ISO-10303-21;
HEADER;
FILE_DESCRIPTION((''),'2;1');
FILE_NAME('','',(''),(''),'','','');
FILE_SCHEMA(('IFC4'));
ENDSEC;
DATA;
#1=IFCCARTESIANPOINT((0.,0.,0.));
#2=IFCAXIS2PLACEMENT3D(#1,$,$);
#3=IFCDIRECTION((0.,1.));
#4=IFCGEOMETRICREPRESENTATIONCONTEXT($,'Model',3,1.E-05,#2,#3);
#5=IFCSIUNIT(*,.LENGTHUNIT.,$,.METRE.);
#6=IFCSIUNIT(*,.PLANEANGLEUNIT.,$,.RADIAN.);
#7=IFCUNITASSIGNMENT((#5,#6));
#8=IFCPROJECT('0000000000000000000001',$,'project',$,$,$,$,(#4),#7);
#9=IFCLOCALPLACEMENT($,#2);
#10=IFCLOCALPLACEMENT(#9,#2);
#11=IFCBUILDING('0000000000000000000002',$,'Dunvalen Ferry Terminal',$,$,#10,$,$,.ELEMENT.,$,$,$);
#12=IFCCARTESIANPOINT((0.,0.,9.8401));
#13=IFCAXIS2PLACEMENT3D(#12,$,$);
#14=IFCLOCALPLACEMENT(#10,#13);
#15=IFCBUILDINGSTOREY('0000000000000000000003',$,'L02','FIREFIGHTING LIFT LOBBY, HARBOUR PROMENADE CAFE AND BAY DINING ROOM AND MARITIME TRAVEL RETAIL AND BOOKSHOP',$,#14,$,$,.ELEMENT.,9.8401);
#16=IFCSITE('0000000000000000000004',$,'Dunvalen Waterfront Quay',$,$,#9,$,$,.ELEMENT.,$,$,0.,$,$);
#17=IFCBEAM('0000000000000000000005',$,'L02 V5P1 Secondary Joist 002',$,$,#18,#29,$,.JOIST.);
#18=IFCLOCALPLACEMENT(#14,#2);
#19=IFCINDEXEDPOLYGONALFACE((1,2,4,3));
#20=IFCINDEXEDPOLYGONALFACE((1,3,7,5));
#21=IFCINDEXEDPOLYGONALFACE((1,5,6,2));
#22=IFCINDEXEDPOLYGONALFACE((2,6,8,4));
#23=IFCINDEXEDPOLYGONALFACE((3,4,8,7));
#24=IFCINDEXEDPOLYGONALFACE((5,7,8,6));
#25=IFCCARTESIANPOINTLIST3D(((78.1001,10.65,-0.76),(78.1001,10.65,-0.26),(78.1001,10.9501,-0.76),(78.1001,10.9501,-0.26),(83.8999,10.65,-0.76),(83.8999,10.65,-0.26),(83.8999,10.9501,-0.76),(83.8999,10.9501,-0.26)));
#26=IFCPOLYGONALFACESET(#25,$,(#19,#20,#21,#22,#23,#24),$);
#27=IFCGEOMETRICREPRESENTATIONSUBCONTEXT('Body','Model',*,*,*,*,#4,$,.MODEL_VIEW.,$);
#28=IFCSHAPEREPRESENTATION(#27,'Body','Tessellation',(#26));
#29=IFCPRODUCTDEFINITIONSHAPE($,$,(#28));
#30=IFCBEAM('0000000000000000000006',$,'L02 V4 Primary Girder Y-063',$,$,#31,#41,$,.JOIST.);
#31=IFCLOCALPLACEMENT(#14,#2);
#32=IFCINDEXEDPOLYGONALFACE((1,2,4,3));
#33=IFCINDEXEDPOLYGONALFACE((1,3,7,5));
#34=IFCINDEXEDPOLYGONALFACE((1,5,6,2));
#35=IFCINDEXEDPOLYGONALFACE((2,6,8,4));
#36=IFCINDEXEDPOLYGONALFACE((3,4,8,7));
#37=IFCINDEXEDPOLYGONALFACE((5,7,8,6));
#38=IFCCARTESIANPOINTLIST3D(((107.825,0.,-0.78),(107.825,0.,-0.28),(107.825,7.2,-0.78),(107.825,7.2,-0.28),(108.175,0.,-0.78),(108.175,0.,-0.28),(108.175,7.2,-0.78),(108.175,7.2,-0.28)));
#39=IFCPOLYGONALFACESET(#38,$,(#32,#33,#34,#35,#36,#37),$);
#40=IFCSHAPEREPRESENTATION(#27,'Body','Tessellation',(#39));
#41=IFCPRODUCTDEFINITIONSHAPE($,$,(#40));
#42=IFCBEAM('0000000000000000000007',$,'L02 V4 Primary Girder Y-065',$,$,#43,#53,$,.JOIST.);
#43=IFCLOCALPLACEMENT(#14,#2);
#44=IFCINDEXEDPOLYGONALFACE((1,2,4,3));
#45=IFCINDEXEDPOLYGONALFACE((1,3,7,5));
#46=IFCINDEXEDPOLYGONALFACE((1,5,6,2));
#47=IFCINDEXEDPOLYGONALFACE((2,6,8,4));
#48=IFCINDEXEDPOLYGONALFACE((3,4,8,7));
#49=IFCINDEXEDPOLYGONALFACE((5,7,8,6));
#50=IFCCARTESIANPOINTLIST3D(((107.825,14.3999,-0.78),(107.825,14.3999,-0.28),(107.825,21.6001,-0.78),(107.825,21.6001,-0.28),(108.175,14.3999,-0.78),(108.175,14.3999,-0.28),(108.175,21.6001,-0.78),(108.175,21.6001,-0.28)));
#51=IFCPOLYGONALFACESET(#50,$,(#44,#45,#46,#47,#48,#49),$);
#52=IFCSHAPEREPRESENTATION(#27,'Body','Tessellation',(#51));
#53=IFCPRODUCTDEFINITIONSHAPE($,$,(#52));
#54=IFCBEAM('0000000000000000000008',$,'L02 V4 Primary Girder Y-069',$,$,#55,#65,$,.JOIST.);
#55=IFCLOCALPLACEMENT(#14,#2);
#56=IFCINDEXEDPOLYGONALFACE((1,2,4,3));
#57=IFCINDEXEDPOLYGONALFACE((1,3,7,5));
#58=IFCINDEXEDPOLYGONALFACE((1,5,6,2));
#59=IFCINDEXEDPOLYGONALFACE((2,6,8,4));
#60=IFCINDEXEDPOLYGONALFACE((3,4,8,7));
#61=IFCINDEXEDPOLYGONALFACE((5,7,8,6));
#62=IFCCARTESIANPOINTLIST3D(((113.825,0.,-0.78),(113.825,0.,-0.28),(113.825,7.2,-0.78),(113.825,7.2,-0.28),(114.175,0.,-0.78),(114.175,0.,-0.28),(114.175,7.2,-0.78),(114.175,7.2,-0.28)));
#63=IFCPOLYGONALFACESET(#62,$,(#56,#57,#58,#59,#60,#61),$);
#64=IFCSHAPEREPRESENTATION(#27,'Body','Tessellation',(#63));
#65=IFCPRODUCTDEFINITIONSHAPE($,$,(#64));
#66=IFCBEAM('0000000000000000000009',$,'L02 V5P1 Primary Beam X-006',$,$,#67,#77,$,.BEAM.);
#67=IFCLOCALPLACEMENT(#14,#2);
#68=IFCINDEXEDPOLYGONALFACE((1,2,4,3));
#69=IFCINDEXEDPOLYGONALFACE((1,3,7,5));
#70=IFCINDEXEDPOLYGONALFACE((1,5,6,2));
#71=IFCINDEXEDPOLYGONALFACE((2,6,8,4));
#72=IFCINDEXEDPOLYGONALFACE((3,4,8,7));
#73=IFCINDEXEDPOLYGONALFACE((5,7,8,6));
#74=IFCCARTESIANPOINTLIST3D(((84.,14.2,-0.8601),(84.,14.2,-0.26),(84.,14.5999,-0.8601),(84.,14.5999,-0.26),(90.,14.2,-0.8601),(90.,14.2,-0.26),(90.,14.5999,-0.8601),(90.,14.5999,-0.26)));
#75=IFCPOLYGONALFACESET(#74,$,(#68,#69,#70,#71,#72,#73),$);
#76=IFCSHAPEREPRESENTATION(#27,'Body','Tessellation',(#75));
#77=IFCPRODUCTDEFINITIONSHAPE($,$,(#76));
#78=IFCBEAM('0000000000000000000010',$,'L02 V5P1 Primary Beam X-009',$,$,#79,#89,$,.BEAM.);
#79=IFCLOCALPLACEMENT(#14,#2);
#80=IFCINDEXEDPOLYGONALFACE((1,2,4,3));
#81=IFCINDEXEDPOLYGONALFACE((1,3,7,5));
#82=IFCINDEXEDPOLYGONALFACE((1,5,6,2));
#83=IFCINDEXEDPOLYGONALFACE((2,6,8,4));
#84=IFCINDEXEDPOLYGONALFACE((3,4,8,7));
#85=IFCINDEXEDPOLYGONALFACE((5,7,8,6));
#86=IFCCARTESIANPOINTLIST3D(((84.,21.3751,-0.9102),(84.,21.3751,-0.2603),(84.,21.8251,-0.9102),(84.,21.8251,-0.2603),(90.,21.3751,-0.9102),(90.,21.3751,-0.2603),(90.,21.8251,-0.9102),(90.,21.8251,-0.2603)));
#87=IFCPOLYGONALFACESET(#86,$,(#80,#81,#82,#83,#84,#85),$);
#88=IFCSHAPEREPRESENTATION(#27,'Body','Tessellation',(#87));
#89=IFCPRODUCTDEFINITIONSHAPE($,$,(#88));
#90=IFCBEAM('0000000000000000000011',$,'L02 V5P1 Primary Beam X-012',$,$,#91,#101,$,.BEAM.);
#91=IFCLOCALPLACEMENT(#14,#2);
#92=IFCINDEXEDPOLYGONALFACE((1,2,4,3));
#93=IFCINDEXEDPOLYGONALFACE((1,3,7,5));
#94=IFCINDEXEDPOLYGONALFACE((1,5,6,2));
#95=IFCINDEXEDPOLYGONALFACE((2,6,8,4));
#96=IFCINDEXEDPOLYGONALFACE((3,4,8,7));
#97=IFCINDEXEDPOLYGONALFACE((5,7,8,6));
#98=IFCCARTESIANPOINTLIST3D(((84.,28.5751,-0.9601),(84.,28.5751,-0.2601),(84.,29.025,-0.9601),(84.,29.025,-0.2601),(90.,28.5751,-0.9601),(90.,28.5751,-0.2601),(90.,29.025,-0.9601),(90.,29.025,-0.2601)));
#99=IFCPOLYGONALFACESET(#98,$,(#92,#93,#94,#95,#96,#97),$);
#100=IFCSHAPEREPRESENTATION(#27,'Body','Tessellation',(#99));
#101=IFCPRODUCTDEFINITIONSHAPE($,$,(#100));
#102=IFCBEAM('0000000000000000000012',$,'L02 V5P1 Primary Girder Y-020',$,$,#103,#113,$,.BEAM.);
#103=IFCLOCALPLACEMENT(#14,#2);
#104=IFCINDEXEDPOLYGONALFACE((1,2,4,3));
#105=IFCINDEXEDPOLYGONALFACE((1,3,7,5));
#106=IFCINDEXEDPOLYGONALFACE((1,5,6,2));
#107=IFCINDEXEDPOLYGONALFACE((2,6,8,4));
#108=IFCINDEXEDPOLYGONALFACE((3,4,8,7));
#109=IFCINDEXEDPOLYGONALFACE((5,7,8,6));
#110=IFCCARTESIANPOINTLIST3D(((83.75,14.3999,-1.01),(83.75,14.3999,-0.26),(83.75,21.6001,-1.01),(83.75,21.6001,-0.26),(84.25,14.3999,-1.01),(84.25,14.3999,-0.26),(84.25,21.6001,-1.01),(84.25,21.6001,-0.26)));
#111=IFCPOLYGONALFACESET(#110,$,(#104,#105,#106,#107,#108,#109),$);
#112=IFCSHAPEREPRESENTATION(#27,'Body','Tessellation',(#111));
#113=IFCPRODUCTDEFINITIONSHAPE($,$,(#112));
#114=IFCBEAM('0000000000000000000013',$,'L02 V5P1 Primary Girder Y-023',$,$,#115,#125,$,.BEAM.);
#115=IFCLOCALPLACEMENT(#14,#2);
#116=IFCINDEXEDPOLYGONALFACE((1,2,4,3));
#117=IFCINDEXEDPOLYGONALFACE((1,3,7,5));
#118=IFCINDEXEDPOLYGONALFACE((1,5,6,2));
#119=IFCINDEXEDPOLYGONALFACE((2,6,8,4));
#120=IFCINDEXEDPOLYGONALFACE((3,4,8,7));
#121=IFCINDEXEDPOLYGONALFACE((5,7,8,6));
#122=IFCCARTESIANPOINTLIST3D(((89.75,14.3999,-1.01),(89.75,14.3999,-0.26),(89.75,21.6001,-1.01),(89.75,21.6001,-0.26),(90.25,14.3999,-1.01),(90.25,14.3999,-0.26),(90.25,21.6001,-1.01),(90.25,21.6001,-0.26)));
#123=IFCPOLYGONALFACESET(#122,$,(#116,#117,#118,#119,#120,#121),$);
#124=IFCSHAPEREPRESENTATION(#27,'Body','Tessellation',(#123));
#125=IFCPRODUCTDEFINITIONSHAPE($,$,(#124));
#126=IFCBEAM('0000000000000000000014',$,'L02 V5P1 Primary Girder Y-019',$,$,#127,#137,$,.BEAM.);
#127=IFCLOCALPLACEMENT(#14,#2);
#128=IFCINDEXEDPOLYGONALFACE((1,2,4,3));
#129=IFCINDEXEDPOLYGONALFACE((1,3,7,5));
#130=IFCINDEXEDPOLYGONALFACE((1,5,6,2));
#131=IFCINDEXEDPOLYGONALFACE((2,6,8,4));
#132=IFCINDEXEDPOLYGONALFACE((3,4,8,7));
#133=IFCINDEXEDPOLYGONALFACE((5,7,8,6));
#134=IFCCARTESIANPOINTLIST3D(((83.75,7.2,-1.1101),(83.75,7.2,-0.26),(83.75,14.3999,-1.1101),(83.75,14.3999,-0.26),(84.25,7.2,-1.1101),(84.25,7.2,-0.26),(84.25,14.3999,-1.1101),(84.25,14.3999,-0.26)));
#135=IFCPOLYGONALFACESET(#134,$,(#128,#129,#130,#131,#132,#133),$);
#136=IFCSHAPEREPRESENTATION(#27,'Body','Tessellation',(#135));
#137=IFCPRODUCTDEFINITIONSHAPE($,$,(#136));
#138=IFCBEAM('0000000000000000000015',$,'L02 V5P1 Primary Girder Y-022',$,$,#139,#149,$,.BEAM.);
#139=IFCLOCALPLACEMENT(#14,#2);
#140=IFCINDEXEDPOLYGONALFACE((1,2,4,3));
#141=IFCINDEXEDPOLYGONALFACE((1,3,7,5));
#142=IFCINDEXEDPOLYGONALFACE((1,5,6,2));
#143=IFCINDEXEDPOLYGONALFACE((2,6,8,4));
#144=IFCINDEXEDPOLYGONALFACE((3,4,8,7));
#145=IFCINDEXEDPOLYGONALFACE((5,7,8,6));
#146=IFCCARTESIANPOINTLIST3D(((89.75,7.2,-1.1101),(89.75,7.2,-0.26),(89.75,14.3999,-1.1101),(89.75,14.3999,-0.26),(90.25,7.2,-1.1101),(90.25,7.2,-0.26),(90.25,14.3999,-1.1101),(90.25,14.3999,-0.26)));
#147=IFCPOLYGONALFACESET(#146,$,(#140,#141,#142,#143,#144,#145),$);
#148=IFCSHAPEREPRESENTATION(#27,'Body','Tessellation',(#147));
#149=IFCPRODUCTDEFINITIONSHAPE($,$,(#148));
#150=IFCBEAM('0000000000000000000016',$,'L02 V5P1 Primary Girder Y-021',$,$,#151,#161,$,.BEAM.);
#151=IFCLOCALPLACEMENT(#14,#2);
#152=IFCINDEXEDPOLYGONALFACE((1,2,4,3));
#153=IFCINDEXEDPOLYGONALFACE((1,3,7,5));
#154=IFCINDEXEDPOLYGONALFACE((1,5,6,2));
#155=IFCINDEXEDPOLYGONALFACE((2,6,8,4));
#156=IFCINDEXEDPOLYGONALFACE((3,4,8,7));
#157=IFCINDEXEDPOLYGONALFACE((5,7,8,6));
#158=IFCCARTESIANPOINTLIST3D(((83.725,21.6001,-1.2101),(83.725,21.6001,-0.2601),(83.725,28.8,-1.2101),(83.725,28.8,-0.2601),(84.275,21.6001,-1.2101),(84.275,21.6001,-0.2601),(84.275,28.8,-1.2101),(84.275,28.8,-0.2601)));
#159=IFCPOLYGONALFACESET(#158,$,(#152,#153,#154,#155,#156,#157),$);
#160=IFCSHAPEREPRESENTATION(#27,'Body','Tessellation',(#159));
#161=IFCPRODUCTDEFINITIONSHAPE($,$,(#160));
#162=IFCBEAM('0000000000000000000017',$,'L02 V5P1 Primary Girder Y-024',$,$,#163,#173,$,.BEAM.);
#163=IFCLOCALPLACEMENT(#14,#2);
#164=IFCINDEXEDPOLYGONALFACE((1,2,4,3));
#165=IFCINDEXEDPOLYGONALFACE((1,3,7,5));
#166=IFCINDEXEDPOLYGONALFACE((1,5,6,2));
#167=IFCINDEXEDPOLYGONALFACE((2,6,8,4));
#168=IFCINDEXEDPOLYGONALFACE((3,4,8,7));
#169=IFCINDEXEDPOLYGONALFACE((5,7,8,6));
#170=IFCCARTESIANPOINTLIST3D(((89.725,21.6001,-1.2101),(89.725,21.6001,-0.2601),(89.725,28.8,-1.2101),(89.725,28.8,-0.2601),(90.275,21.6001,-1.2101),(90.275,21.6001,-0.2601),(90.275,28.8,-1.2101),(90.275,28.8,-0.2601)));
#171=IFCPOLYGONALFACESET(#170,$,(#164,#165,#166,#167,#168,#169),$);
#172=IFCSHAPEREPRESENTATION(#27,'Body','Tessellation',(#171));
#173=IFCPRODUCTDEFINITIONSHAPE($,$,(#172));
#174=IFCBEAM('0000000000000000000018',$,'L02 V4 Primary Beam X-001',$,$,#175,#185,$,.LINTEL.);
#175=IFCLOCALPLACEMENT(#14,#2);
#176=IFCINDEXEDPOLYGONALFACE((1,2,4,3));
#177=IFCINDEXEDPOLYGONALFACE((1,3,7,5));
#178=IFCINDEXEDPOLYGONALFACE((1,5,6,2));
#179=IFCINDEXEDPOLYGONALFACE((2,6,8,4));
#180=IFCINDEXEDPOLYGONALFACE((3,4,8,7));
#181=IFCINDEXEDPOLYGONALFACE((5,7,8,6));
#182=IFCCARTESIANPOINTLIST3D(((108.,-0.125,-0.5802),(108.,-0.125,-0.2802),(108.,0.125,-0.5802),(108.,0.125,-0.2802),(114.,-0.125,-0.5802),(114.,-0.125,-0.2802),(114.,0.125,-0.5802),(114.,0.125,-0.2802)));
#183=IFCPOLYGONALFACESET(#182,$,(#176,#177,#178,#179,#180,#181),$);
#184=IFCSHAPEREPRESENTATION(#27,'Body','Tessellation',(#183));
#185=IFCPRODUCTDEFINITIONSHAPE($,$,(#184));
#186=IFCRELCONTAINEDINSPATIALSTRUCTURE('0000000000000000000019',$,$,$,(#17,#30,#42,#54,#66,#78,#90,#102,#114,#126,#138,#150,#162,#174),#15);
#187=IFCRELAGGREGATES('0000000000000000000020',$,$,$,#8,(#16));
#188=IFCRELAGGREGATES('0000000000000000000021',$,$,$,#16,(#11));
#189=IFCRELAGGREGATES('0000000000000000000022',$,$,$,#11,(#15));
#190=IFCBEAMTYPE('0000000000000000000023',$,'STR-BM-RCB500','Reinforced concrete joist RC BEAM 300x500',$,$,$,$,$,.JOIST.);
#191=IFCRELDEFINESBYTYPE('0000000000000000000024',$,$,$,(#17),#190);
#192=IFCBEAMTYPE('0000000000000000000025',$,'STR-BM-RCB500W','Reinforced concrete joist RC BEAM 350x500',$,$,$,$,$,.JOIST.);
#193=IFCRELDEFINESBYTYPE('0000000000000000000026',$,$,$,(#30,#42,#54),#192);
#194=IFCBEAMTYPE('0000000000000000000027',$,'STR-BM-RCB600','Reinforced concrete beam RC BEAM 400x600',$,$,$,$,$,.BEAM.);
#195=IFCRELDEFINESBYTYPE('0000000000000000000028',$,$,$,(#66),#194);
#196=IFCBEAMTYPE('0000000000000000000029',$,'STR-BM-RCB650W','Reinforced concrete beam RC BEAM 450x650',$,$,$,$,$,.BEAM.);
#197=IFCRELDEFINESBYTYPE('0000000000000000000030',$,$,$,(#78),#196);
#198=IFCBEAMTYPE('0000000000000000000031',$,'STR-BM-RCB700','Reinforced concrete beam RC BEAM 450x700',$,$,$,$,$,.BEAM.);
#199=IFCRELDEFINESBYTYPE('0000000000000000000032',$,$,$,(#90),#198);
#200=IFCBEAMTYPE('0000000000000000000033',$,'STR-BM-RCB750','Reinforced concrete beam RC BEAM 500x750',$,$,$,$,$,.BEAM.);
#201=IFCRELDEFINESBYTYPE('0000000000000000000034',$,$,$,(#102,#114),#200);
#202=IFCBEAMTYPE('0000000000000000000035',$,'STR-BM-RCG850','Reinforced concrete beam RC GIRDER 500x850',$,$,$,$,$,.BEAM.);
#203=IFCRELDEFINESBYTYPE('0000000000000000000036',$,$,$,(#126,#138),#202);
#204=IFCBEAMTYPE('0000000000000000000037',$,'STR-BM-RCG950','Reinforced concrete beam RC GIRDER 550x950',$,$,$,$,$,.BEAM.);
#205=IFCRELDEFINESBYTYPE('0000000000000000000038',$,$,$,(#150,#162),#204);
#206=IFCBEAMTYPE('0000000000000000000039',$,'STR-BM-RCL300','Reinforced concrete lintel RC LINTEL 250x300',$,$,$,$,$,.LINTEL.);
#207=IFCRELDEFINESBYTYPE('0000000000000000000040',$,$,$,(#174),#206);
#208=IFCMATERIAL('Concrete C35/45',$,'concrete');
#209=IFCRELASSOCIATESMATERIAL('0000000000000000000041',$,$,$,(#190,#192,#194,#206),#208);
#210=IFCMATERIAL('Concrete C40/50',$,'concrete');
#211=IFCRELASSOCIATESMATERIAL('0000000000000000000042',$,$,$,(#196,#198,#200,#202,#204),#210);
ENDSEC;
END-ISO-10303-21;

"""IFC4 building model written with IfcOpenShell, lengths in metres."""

from ifc_helpers import new_model, si_unit, direction, frame, origin, origin_2d, place, context, subcontext, project, spatial, rectangle, extrude, material, material_profile, profile_set, type_object, element, save


model = new_model("IFC4")

# Units and contexts
model_context = context("Model", 3, precision=1e-05, world=origin(), true_north=direction((0.0, 1.0)))
body_context = subcontext(model_context, "Body", "Model", "MODEL_VIEW")
ifc_project = project(units=[si_unit("LENGTHUNIT", "METRE"), si_unit("PLANEANGLEUNIT", "RADIAN")], contexts=[model_context])

# Site, building, storey
site_placement = place(None, origin())
site = spatial("IfcSite", under=ifc_project, at=site_placement, Name="Dunvalen Waterfront Quay", CompositionType="ELEMENT", RefElevation=0.0)
building_placement = place(site_placement, origin())
building = spatial("IfcBuilding", under=site, at=building_placement, Name="Dunvalen Ferry Terminal", CompositionType="ELEMENT")
storey_placement = place(building_placement, frame((0.0, 0.0, 9.8401)))
storey = spatial("IfcBuildingStorey", under=building, at=storey_placement, Name="L02", Description="FIREFIGHTING LIFT LOBBY, HARBOUR PROMENADE CAFE AND BAY DINING ROOM AND MARITIME TRAVEL RETAIL AND BOOKSHOP", CompositionType="ELEMENT", Elevation=9.8401)

# Beams
ifc_material_1 = material(Name="Concrete C35/45", Category="concrete")
ifc_material_profile_1 = material_profile(ifc_material_1, rectangle(XDim=0.3, YDim=0.5, at=origin_2d()), Name="Concrete C35/45")
ifc_profile_set_1 = profile_set([ifc_material_profile_1], Name="Concrete C35/45")
beam_type_1 = type_object("IfcBeamType", Name="STR-BM-RCB500", Description="Reinforced concrete joist RC BEAM 300x500", PredefinedType="JOIST", material=ifc_profile_set_1)
beam_1_placement = place(storey_placement, frame((78.1001, 10.8, -0.51), z_axis=(1.0, 0.0, 0.0), x_axis=(0.0, 1.0, 0.0)))
element("IfcBeam", 1, at=beam_1_placement, inside=storey, type_object=beam_type_1, Name="L02 V5P1 Secondary Joist 002", PredefinedType="JOIST", context=body_context, shape_type="SweptSolid", body=[
    extrude(rectangle(XDim=0.3, YDim=0.5, at=origin_2d()), origin(), (0.0, 0.0, 1.0), 5.7998),
])
ifc_material_profile_2 = material_profile(ifc_material_1, rectangle(XDim=0.3501, YDim=0.5, at=origin_2d()), Name="Concrete C35/45")
ifc_profile_set_2 = profile_set([ifc_material_profile_2], Name="Concrete C35/45")
beam_type_2 = type_object("IfcBeamType", Name="STR-BM-RCB500W", Description="Reinforced concrete joist RC BEAM 350x500", PredefinedType="JOIST", material=ifc_profile_set_2)
beam_2_placement = place(storey_placement, frame((108.0, 0.0, -0.53), z_axis=(0.0, 1.0, 0.0), x_axis=(-1.0, 0.0, 0.0)))
element("IfcBeam", 2, at=beam_2_placement, inside=storey, type_object=beam_type_2, Name="L02 V4 Primary Girder Y-063", PredefinedType="JOIST", context=body_context, shape_type="SweptSolid", body=[
    extrude(rectangle(XDim=0.3501, YDim=0.5, at=origin_2d()), origin(), (0.0, 0.0, 1.0), 7.2),
])
beam_3_placement = place(storey_placement, frame((108.0, 14.3999, -0.53), z_axis=(0.0, 1.0, 0.0), x_axis=(-1.0, 0.0, 0.0)))
element("IfcBeam", 3, at=beam_3_placement, inside=storey, type_object=beam_type_2, Name="L02 V4 Primary Girder Y-065", PredefinedType="JOIST", context=body_context, shape_type="SweptSolid", body=[
    extrude(rectangle(XDim=0.3501, YDim=0.5, at=origin_2d()), origin(), (0.0, 0.0, 1.0), 7.2002),
])
beam_4_placement = place(storey_placement, frame((114.0, 0.0, -0.53), z_axis=(0.0, 1.0, 0.0), x_axis=(-1.0, 0.0, 0.0)))
element("IfcBeam", 4, at=beam_4_placement, inside=storey, type_object=beam_type_2, Name="L02 V4 Primary Girder Y-069", PredefinedType="JOIST", context=body_context, shape_type="SweptSolid", body=[
    extrude(rectangle(XDim=0.3501, YDim=0.5, at=origin_2d()), origin(), (0.0, 0.0, 1.0), 7.2),
])
ifc_material_profile_3 = material_profile(ifc_material_1, rectangle(XDim=0.3999, YDim=0.6001, at=origin_2d()), Name="Concrete C35/45")
ifc_profile_set_3 = profile_set([ifc_material_profile_3], Name="Concrete C35/45")
beam_type_3 = type_object("IfcBeamType", Name="STR-BM-RCB600", Description="Reinforced concrete beam RC BEAM 400x600", PredefinedType="BEAM", material=ifc_profile_set_3)
beam_5_placement = place(storey_placement, frame((84.0, 14.3999, -0.5601), z_axis=(1.0, 0.0, 0.0), x_axis=(0.0, 1.0, 0.0)))
element("IfcBeam", 5, at=beam_5_placement, inside=storey, type_object=beam_type_3, Name="L02 V5P1 Primary Beam X-006", PredefinedType="BEAM", context=body_context, shape_type="SweptSolid", body=[
    extrude(rectangle(XDim=0.3999, YDim=0.6001, at=origin_2d()), origin(), (0.0, 0.0, 1.0), 6.0),
])
ifc_material_2 = material(Name="Concrete C40/50", Category="concrete")
ifc_material_profile_4 = material_profile(ifc_material_2, rectangle(XDim=0.45, YDim=0.6499, at=origin_2d()), Name="Concrete C40/50")
ifc_profile_set_4 = profile_set([ifc_material_profile_4], Name="Concrete C40/50")
beam_type_4 = type_object("IfcBeamType", Name="STR-BM-RCB650W", Description="Reinforced concrete beam RC BEAM 450x650", PredefinedType="BEAM", material=ifc_profile_set_4)
beam_6_placement = place(storey_placement, frame((84.0, 21.6001, -0.5852), z_axis=(1.0, 0.0, 0.0), x_axis=(0.0, 1.0, 0.0)))
element("IfcBeam", 6, at=beam_6_placement, inside=storey, type_object=beam_type_4, Name="L02 V5P1 Primary Beam X-009", PredefinedType="BEAM", context=body_context, shape_type="SweptSolid", body=[
    extrude(rectangle(XDim=0.45, YDim=0.6499, at=origin_2d()), origin(), (0.0, 0.0, 1.0), 6.0),
])
ifc_material_profile_5 = material_profile(ifc_material_2, rectangle(XDim=0.45, YDim=0.7, at=origin_2d()), Name="Concrete C40/50")
ifc_profile_set_5 = profile_set([ifc_material_profile_5], Name="Concrete C40/50")
beam_type_5 = type_object("IfcBeamType", Name="STR-BM-RCB700", Description="Reinforced concrete beam RC BEAM 450x700", PredefinedType="BEAM", material=ifc_profile_set_5)
beam_7_placement = place(storey_placement, frame((84.0, 28.8, -0.6101), z_axis=(1.0, 0.0, 0.0), x_axis=(0.0, 1.0, 0.0)))
element("IfcBeam", 7, at=beam_7_placement, inside=storey, type_object=beam_type_5, Name="L02 V5P1 Primary Beam X-012", PredefinedType="BEAM", context=body_context, shape_type="SweptSolid", body=[
    extrude(rectangle(XDim=0.45, YDim=0.7, at=origin_2d()), origin(), (0.0, 0.0, 1.0), 6.0),
])
ifc_material_profile_6 = material_profile(ifc_material_2, rectangle(XDim=0.5, YDim=0.75, at=origin_2d()), Name="Concrete C40/50")
ifc_profile_set_6 = profile_set([ifc_material_profile_6], Name="Concrete C40/50")
beam_type_6 = type_object("IfcBeamType", Name="STR-BM-RCB750", Description="Reinforced concrete beam RC BEAM 500x750", PredefinedType="BEAM", material=ifc_profile_set_6)
for number, where, z_axis, x_axis, name in (
    (8, (84.0, 14.3999, -0.635), (0.0, 1.0, 0.0), (-1.0, 0.0, 0.0), "L02 V5P1 Primary Girder Y-020"),
    (9, (90.0, 14.3999, -0.635), (0.0, 1.0, 0.0), (-1.0, 0.0, 0.0), "L02 V5P1 Primary Girder Y-023"),
):
    element("IfcBeam", number, at=place(storey_placement, frame(where, z_axis=z_axis, x_axis=x_axis)), inside=storey, type_object=beam_type_6, Name=name, PredefinedType="BEAM", context=body_context, shape_type="SweptSolid", body=[
        extrude(rectangle(XDim=0.5, YDim=0.75, at=origin_2d()), origin(), (0.0, 0.0, 1.0), 7.2002),
    ])
ifc_material_profile_7 = material_profile(ifc_material_2, rectangle(XDim=0.5, YDim=0.8501, at=origin_2d()), Name="Concrete C40/50")
ifc_profile_set_7 = profile_set([ifc_material_profile_7], Name="Concrete C40/50")
beam_type_7 = type_object("IfcBeamType", Name="STR-BM-RCG850", Description="Reinforced concrete beam RC GIRDER 500x850", PredefinedType="BEAM", material=ifc_profile_set_7)
for number, where, z_axis, x_axis, name in (
    (10, (84.0, 7.2, -0.6851), (0.0, 1.0, 0.0), (-1.0, 0.0, 0.0), "L02 V5P1 Primary Girder Y-019"),
    (11, (90.0, 7.2, -0.6851), (0.0, 1.0, 0.0), (-1.0, 0.0, 0.0), "L02 V5P1 Primary Girder Y-022"),
):
    element("IfcBeam", number, at=place(storey_placement, frame(where, z_axis=z_axis, x_axis=x_axis)), inside=storey, type_object=beam_type_7, Name=name, PredefinedType="BEAM", context=body_context, shape_type="SweptSolid", body=[
        extrude(rectangle(XDim=0.5, YDim=0.8501, at=origin_2d()), origin(), (0.0, 0.0, 1.0), 7.2),
    ])
ifc_material_profile_8 = material_profile(ifc_material_2, rectangle(XDim=0.55, YDim=0.95, at=origin_2d()), Name="Concrete C40/50")
ifc_profile_set_8 = profile_set([ifc_material_profile_8], Name="Concrete C40/50")
beam_type_8 = type_object("IfcBeamType", Name="STR-BM-RCG950", Description="Reinforced concrete beam RC GIRDER 550x950", PredefinedType="BEAM", material=ifc_profile_set_8)
for number, where, z_axis, x_axis, name in (
    (12, (84.0, 21.6001, -0.7351), (0.0, 1.0, 0.0), (-1.0, 0.0, 0.0), "L02 V5P1 Primary Girder Y-021"),
    (13, (90.0, 21.6001, -0.7351), (0.0, 1.0, 0.0), (-1.0, 0.0, 0.0), "L02 V5P1 Primary Girder Y-024"),
):
    element("IfcBeam", number, at=place(storey_placement, frame(where, z_axis=z_axis, x_axis=x_axis)), inside=storey, type_object=beam_type_8, Name=name, PredefinedType="BEAM", context=body_context, shape_type="SweptSolid", body=[
        extrude(rectangle(XDim=0.55, YDim=0.95, at=origin_2d()), origin(), (0.0, 0.0, 1.0), 7.2),
    ])
ifc_material_profile_9 = material_profile(ifc_material_1, rectangle(XDim=0.25, YDim=0.3, at=origin_2d()), Name="Concrete C35/45")
ifc_profile_set_9 = profile_set([ifc_material_profile_9], Name="Concrete C35/45")
beam_type_9 = type_object("IfcBeamType", Name="STR-BM-RCL300", Description="Reinforced concrete lintel RC LINTEL 250x300", PredefinedType="LINTEL", material=ifc_profile_set_9)
for number, where, z_axis, x_axis, name in (
    (14, (108.0, 0.0, -0.4302), (1.0, 0.0, 0.0), (0.0, 1.0, 0.0), "L02 V4 Primary Beam X-001"),
):
    element("IfcBeam", number, at=place(storey_placement, frame(where, z_axis=z_axis, x_axis=x_axis)), inside=storey, type_object=beam_type_9, Name=name, PredefinedType="LINTEL", context=body_context, shape_type="SweptSolid", body=[
        extrude(rectangle(XDim=0.25, YDim=0.3, at=origin_2d()), origin(), (0.0, 0.0, 1.0), 6.0),
    ])

save(model, "model.ifc")
